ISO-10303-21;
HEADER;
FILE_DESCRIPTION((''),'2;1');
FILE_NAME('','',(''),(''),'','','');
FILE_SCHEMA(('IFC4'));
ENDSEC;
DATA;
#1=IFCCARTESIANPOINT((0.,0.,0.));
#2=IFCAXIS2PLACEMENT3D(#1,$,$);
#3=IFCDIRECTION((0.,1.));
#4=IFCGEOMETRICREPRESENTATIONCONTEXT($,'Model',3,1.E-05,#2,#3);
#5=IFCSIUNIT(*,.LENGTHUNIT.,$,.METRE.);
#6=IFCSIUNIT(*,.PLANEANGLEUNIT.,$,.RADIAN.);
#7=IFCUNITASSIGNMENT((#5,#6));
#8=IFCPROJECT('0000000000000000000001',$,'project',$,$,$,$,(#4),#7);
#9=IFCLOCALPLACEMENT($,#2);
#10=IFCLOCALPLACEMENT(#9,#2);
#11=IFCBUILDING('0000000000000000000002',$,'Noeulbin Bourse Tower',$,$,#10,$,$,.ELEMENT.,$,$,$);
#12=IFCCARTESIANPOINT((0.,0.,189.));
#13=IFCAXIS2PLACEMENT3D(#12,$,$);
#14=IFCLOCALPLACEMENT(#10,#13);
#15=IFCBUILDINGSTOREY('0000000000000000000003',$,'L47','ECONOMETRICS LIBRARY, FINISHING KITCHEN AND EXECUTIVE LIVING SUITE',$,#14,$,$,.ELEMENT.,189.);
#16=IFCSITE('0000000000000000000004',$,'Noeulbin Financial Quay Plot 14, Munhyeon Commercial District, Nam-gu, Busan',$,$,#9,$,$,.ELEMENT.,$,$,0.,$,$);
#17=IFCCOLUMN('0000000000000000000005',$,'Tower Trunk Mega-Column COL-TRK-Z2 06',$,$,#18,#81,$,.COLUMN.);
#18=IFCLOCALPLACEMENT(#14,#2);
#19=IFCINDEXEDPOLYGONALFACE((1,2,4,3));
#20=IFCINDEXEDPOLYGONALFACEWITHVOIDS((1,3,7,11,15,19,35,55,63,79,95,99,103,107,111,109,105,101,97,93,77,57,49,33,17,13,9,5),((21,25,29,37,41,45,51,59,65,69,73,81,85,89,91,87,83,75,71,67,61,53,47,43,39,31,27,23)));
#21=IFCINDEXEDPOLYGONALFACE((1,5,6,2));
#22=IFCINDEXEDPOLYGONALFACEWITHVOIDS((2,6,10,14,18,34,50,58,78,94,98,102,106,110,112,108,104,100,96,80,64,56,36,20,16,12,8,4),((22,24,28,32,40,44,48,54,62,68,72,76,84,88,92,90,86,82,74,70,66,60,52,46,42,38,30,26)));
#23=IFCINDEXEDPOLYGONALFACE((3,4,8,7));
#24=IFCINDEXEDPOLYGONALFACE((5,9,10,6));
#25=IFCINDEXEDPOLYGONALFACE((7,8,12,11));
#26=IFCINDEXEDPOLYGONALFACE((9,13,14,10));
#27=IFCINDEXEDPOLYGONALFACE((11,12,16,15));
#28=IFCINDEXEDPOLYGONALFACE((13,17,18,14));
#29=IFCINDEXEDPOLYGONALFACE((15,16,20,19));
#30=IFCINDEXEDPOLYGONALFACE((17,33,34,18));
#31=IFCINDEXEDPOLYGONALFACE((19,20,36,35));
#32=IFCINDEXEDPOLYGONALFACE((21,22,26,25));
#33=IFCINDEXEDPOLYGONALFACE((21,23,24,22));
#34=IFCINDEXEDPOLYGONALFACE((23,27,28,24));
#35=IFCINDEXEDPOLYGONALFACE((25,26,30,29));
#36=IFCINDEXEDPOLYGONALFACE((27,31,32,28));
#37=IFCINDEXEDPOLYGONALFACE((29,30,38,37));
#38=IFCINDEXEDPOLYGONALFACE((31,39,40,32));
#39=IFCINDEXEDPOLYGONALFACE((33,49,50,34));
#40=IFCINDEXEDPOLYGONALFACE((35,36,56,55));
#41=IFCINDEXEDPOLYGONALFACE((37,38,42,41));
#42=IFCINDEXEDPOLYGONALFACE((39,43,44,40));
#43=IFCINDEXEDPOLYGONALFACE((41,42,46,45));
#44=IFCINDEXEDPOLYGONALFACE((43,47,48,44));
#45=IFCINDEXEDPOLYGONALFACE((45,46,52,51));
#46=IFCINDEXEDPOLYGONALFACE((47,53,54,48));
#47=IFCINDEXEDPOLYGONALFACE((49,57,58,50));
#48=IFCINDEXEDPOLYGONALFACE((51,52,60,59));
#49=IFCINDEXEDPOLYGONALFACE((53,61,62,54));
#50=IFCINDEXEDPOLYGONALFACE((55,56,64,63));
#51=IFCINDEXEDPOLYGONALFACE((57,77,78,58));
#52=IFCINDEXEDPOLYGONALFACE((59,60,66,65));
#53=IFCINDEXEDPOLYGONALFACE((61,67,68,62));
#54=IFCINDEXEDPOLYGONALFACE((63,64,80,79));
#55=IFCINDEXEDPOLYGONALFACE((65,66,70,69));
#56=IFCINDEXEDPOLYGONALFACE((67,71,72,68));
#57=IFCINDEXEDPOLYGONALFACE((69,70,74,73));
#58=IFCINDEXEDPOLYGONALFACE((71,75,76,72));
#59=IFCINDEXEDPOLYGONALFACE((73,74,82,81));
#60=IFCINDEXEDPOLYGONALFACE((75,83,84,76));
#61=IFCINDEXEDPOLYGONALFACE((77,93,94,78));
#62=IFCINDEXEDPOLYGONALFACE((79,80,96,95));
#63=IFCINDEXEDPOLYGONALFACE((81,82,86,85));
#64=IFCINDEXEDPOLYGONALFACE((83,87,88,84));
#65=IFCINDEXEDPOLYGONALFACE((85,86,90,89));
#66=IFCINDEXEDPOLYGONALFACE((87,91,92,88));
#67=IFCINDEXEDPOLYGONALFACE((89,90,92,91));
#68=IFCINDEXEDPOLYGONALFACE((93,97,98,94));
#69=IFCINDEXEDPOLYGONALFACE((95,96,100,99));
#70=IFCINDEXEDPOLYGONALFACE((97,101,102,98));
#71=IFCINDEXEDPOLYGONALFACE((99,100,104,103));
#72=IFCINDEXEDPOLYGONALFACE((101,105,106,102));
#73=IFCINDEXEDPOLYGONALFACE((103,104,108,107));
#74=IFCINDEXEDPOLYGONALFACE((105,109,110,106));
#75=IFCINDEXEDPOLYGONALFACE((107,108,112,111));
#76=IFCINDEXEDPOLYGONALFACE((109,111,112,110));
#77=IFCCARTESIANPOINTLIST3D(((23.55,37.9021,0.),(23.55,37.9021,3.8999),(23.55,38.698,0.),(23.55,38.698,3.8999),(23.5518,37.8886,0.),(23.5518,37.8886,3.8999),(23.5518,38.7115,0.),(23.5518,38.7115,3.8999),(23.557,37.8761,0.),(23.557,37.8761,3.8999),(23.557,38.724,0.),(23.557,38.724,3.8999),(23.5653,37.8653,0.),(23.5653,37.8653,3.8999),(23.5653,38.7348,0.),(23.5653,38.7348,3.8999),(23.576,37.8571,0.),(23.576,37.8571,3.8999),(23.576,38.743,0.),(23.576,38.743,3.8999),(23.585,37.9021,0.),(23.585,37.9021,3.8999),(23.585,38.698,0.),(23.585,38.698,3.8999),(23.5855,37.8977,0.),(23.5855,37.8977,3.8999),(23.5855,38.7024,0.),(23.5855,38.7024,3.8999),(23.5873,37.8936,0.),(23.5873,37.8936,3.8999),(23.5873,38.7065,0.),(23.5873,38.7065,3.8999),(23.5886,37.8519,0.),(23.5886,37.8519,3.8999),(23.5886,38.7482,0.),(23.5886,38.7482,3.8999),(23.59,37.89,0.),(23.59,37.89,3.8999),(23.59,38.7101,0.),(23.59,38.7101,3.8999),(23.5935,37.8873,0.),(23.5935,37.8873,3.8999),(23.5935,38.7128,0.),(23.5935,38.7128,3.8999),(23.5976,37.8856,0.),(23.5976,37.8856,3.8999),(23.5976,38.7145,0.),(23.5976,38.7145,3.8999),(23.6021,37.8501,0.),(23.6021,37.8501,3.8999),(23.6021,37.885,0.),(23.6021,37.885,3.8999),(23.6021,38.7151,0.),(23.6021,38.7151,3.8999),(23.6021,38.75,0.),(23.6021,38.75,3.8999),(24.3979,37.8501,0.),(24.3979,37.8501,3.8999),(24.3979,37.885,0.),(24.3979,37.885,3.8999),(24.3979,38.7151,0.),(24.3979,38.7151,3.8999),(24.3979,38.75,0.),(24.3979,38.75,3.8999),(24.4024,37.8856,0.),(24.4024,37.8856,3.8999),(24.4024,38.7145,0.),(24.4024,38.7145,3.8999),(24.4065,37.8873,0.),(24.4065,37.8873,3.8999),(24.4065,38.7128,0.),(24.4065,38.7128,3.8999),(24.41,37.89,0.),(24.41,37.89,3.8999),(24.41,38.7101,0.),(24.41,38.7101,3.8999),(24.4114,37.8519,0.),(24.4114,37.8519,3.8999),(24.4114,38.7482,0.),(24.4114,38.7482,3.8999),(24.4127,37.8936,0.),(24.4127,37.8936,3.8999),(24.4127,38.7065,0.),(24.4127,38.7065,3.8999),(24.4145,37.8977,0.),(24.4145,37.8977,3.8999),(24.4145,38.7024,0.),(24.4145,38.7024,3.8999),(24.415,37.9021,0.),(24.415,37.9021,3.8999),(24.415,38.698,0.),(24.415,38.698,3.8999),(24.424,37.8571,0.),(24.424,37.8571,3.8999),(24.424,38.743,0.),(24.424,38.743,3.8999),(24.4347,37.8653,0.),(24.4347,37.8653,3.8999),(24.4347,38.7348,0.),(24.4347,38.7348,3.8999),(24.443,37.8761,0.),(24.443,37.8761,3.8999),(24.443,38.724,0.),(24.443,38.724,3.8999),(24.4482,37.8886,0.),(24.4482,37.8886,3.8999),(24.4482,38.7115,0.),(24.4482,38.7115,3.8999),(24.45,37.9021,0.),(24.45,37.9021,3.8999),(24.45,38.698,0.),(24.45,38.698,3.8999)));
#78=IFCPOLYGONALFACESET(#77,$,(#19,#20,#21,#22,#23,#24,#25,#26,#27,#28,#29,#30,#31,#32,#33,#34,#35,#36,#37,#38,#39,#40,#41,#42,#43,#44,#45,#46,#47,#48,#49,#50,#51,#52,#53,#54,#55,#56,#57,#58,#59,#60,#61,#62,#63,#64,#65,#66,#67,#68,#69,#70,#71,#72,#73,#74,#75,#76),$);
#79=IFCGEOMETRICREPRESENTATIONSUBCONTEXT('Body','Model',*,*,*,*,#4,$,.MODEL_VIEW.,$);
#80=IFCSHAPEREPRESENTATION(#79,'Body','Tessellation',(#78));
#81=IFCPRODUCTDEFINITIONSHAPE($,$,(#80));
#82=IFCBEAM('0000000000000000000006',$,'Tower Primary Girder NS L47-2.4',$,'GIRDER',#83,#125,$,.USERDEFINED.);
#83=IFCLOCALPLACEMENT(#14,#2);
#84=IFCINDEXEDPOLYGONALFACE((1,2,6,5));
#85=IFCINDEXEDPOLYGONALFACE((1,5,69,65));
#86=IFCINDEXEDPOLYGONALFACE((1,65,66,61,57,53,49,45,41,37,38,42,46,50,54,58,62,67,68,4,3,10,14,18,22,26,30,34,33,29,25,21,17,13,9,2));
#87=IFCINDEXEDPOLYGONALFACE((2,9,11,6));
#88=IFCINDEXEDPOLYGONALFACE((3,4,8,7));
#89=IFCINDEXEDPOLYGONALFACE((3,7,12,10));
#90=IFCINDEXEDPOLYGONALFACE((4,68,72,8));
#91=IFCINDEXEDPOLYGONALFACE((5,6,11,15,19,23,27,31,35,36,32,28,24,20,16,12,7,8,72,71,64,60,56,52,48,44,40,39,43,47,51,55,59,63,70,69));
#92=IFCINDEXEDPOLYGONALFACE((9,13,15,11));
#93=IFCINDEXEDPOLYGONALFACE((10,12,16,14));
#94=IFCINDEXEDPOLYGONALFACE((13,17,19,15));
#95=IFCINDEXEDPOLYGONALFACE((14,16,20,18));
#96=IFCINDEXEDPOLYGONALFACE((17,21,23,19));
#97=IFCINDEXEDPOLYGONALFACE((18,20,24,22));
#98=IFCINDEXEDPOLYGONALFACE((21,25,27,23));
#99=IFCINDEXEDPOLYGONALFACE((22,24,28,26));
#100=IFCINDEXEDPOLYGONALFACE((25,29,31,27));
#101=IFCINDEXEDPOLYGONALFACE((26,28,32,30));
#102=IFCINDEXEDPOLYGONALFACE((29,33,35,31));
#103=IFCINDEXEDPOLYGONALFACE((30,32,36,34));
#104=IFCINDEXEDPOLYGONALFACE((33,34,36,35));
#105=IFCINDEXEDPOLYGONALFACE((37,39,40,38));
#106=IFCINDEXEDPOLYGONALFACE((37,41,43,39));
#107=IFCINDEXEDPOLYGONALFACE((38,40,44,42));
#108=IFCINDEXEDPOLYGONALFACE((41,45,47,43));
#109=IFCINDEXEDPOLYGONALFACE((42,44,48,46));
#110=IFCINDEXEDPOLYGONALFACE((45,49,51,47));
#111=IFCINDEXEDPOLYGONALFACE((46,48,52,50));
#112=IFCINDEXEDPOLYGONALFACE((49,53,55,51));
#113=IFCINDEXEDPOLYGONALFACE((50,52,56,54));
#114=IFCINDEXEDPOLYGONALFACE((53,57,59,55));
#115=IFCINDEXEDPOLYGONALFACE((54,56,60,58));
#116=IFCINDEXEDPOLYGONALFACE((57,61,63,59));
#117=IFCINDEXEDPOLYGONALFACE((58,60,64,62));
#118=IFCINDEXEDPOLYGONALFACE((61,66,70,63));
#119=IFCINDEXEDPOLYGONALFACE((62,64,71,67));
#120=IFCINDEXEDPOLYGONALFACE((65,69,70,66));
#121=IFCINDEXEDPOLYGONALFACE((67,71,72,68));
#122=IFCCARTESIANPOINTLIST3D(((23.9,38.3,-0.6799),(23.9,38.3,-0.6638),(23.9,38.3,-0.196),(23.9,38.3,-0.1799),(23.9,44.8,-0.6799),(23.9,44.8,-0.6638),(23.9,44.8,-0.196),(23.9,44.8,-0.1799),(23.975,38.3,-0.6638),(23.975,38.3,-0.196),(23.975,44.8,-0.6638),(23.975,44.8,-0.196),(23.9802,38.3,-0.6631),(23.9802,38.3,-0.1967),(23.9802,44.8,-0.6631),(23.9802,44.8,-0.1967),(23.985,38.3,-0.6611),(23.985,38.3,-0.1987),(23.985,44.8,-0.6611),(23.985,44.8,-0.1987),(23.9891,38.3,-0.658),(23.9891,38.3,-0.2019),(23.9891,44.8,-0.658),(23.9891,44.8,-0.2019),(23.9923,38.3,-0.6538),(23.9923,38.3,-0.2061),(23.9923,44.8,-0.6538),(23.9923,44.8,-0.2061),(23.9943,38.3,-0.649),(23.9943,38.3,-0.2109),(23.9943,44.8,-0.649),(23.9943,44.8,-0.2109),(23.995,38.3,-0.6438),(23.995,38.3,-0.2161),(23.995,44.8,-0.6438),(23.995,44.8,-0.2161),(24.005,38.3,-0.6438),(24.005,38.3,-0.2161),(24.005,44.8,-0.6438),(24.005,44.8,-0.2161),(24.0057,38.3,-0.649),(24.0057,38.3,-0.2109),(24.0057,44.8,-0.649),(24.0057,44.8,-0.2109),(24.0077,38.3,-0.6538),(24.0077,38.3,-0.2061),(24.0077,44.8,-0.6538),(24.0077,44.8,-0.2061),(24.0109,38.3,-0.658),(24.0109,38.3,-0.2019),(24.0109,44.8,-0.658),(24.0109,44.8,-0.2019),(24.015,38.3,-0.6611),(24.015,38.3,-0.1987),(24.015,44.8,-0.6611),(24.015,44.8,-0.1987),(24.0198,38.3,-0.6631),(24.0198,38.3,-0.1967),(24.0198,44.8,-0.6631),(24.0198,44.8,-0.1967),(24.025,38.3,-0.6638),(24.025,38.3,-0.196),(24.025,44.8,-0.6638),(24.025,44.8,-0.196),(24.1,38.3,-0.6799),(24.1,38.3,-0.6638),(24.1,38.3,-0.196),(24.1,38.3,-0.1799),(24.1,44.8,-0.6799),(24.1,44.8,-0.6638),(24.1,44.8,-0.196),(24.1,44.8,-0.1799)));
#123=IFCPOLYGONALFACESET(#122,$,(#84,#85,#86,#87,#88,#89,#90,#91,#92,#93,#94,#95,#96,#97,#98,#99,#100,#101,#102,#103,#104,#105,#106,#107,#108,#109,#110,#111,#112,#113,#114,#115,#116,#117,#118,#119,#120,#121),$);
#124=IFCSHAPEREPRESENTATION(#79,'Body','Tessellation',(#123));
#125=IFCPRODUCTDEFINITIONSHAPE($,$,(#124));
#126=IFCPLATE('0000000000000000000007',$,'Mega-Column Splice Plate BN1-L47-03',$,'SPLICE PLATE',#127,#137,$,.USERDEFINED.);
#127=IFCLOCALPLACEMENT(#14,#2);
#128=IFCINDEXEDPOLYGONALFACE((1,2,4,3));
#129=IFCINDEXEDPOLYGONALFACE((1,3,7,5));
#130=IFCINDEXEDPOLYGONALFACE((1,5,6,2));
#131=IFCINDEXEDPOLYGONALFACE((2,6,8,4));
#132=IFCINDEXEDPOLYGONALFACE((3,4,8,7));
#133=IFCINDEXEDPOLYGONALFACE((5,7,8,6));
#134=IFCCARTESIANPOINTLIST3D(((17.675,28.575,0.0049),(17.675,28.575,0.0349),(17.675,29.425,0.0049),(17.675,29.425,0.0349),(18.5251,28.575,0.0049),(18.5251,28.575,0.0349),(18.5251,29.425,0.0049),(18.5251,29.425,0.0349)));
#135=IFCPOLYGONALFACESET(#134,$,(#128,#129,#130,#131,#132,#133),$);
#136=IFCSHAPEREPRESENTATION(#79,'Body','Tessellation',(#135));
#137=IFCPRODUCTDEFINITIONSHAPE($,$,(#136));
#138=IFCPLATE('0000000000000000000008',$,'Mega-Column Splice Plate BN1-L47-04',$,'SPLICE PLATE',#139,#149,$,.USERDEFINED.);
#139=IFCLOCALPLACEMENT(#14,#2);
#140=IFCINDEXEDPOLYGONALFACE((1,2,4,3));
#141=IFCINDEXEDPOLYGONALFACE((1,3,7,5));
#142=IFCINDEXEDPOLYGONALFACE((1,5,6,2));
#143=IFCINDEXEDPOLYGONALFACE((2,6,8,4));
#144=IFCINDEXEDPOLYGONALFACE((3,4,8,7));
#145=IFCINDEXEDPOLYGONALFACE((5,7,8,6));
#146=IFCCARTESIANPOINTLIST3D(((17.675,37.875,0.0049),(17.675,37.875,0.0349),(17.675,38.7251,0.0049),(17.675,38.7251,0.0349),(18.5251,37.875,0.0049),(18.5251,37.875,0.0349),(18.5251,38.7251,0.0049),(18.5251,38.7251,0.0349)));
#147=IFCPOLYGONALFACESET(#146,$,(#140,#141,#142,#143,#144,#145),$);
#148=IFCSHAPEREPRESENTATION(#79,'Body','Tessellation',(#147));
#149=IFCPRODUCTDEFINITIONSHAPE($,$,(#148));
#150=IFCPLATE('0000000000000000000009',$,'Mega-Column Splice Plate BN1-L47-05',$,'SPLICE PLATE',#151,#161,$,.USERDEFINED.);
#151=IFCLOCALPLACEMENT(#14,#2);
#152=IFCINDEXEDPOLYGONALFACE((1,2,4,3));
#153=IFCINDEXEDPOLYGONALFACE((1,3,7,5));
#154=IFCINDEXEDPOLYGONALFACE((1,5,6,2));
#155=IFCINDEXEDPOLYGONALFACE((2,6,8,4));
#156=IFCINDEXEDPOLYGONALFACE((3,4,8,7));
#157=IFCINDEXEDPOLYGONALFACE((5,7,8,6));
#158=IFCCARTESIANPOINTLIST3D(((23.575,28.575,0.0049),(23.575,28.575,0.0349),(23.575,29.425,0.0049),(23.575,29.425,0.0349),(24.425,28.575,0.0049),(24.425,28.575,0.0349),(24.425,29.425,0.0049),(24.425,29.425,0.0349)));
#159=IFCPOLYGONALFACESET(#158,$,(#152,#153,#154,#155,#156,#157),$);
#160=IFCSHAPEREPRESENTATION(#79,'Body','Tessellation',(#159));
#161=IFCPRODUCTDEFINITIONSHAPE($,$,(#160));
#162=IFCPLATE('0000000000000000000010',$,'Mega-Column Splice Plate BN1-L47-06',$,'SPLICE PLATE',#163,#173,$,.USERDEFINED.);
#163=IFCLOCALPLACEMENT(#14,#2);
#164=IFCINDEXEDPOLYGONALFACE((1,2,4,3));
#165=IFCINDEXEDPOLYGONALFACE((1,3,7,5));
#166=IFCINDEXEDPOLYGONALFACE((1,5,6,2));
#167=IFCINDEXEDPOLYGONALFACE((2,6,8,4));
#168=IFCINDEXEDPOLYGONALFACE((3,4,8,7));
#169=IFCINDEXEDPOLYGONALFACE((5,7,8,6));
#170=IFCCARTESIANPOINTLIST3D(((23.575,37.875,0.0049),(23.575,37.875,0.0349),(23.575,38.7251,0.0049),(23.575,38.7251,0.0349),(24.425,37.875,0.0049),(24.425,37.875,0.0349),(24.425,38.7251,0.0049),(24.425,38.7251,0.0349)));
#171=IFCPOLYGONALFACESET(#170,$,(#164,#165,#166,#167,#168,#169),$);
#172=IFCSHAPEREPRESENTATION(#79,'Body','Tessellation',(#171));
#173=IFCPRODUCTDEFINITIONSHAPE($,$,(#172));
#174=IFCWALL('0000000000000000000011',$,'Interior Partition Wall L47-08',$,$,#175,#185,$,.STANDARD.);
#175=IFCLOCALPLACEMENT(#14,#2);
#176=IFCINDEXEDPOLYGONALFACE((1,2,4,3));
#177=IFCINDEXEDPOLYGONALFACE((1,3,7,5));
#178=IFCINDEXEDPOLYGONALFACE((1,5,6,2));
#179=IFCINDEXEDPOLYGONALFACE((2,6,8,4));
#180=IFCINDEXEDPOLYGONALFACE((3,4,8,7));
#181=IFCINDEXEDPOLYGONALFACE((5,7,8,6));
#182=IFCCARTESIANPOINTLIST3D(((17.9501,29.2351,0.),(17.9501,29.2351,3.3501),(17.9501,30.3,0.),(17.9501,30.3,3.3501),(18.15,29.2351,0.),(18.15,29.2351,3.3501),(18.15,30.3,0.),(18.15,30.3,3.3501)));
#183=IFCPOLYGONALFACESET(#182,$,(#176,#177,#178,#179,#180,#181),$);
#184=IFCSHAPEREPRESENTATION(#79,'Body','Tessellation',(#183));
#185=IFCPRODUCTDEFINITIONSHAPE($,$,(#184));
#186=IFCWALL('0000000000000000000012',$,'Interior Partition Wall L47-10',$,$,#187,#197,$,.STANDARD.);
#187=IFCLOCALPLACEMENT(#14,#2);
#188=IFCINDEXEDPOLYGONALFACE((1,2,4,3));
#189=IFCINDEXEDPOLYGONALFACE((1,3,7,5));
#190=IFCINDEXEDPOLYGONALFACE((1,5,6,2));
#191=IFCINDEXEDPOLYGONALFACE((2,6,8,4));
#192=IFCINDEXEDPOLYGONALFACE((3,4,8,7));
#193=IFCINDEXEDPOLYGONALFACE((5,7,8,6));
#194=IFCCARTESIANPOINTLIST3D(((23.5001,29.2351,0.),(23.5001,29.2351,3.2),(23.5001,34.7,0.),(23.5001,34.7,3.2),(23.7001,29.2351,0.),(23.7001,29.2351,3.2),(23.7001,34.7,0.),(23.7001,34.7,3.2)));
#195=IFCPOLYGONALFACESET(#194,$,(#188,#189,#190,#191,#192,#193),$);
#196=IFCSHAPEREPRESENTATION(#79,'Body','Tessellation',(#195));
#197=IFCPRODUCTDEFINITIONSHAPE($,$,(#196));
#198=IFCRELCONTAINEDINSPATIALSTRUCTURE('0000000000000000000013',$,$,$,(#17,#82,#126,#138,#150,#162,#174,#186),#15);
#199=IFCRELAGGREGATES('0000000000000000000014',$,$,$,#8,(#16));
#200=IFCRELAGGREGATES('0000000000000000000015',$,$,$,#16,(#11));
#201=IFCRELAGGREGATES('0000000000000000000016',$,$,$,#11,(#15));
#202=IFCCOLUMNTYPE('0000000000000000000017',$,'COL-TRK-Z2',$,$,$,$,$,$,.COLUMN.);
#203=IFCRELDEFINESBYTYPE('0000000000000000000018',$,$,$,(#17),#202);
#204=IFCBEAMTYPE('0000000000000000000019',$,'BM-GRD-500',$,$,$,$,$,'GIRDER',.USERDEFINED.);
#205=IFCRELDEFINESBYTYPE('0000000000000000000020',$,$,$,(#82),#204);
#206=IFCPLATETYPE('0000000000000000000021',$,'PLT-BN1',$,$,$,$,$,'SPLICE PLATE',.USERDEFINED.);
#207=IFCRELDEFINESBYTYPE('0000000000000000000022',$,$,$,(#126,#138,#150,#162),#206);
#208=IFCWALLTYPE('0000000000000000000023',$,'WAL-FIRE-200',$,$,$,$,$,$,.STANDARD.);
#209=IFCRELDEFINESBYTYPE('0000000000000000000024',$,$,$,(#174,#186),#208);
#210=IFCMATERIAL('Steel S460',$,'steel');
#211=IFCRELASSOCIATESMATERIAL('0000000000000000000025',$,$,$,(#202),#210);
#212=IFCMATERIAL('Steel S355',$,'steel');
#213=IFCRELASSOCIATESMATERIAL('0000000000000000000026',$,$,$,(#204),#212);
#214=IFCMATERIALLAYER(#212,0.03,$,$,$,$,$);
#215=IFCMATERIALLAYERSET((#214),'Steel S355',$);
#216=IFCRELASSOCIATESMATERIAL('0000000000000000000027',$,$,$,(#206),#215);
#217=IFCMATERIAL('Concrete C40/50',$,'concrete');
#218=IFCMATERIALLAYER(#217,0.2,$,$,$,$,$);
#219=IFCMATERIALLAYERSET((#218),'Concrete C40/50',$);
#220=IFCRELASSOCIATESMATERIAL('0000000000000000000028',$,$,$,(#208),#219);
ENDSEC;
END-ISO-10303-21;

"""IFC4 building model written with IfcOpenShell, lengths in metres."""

from ifc_helpers import new_model, si_unit, direction, frame, frame_2d, origin, origin_2d, place, context, subcontext, project, spatial, rectangle, hollow_rectangle, i_section, extrude, material, layer, layer_set, material_profile, profile_set, type_object, element, save


model = new_model("IFC4")

# Units and contexts
model_context = context("Model", 3, precision=1e-05, world=origin(), true_north=direction((0.0, 1.0)))
body_context = subcontext(model_context, "Body", "Model", "MODEL_VIEW")
ifc_project = project(units=[si_unit("LENGTHUNIT", "METRE"), si_unit("PLANEANGLEUNIT", "RADIAN")], contexts=[model_context])

# Site, building, storey
site_placement = place(None, origin())
site = spatial("IfcSite", under=ifc_project, at=site_placement, Name="Noeulbin Financial Quay Plot 14, Munhyeon Commercial District, Nam-gu, Busan", CompositionType="ELEMENT", RefElevation=0.0)
building_placement = place(site_placement, origin())
building = spatial("IfcBuilding", under=site, at=building_placement, Name="Noeulbin Bourse Tower", CompositionType="ELEMENT")
storey_placement = place(building_placement, frame((0.0, 0.0, 189.0)))
storey = spatial("IfcBuildingStorey", under=building, at=storey_placement, Name="L47", Description="ECONOMETRICS LIBRARY, FINISHING KITCHEN AND EXECUTIVE LIVING SUITE", CompositionType="ELEMENT", Elevation=189.0)

# Column
ifc_material_1 = material(Name="Steel S460", Category="steel")
ifc_material_profile_1 = material_profile(ifc_material_1, hollow_rectangle(XDim=0.8999, YDim=0.8999, WallThickness=0.0349, InnerFilletRadius=0.0171, OuterFilletRadius=0.052, at=origin_2d()), Name="BOX-900x900x35", Category="LoadBearing")
ifc_profile_set_1 = profile_set([ifc_material_profile_1], Name="Steel S460")
column_type = type_object("IfcColumnType", Name="COL-TRK-Z2", PredefinedType="COLUMN", material=ifc_profile_set_1)
for number, where, z_axis, x_axis, name in (
    (1, (24.0, 38.3, 0.0), (0.0, 0.0, 1.0), (1.0, 0.0, 0.0), "Tower Trunk Mega-Column COL-TRK-Z2 06"),
):
    element("IfcColumn", number, at=place(storey_placement, frame(where, z_axis=z_axis, x_axis=x_axis)), inside=storey, type_object=column_type, Name=name, PredefinedType="COLUMN", context=body_context, shape_type="SweptSolid", body=[
        extrude(hollow_rectangle(XDim=0.8999, YDim=0.8999, WallThickness=0.0349, InnerFilletRadius=0.0171, OuterFilletRadius=0.052, at=origin_2d()), origin(), (0.0, 0.0, 1.0), 3.8999),
    ])

# Beam
ifc_material_2 = material(Name="Steel S355", Category="steel")
ifc_material_profile_2 = material_profile(ifc_material_2, i_section(OverallWidth=0.2, OverallDepth=0.5, WebThickness=0.01, FlangeThickness=0.0161, FilletRadius=0.02, at=origin_2d()), Name="H-500x200x10x16", Category="LoadBearing")
ifc_profile_set_2 = profile_set([ifc_material_profile_2], Name="Steel S355")
beam_type = type_object("IfcBeamType", Name="BM-GRD-500", ElementType="GIRDER", PredefinedType="USERDEFINED", material=ifc_profile_set_2)
beam_placement = place(storey_placement, frame((24.0, 38.3, -0.4299), z_axis=(0.0, 1.0, 0.0), x_axis=(-1.0, 0.0, 0.0)))
element("IfcBeam", 2, at=beam_placement, inside=storey, type_object=beam_type, Name="Tower Primary Girder NS L47-2.4", ObjectType="GIRDER", PredefinedType="USERDEFINED", context=body_context, shape_type="SweptSolid", body=[
    extrude(i_section(OverallWidth=0.2, OverallDepth=0.5, WebThickness=0.01, FlangeThickness=0.0161, FilletRadius=0.02, at=origin_2d()), origin(), (0.0, 0.0, 1.0), 6.5),
])

# Plates
ifc_layer_1 = layer(ifc_material_2, 0.03)
ifc_layer_set_1 = layer_set([ifc_layer_1], Name="Steel S355")
plate_type = type_object("IfcPlateType", Name="PLT-BN1", ElementType="SPLICE PLATE", PredefinedType="USERDEFINED", material=ifc_layer_set_1)
for number, where, z_axis, x_axis, name in (
    (3, (18.1001, 29.0, 0.0049), (0.0, 0.0, 1.0), (1.0, 0.0, 0.0), "Mega-Column Splice Plate BN1-L47-03"),
    (4, (18.1001, 38.3, 0.0049), (0.0, 0.0, 1.0), (1.0, 0.0, 0.0), "Mega-Column Splice Plate BN1-L47-04"),
    (5, (24.0, 29.0, 0.0049), (0.0, 0.0, 1.0), (1.0, 0.0, 0.0), "Mega-Column Splice Plate BN1-L47-05"),
    (6, (24.0, 38.3, 0.0049), (0.0, 0.0, 1.0), (1.0, 0.0, 0.0), "Mega-Column Splice Plate BN1-L47-06"),
):
    element("IfcPlate", number, at=place(storey_placement, frame(where, z_axis=z_axis, x_axis=x_axis)), inside=storey, type_object=plate_type, Name=name, ObjectType="SPLICE PLATE", PredefinedType="USERDEFINED", context=body_context, shape_type="SweptSolid", body=[
        extrude(rectangle(XDim=0.8501, YDim=0.8501, at=origin_2d()), origin(), (0.0, 0.0, 1.0), 0.03),
    ])

# Walls
ifc_material_3 = material(Name="Concrete C40/50", Category="concrete")
ifc_layer_2 = layer(ifc_material_3, 0.2)
ifc_layer_set_2 = layer_set([ifc_layer_2], Name="Concrete C40/50")
wall_type_1 = type_object("IfcWallType", Name="WAL-FIRE-200", PredefinedType="STANDARD", material=ifc_layer_set_2)
wall_1_placement = place(storey_placement, frame((18.05, 29.2351, 0.0), z_axis=(0.0, 0.0, 1.0), x_axis=(0.0, 1.0, 0.0)))
element("IfcWall", 7, at=wall_1_placement, inside=storey, type_object=wall_type_1, Name="Interior Partition Wall L47-08", PredefinedType="STANDARD", context=body_context, shape_type="SweptSolid", body=[
    extrude(rectangle(XDim=1.0649, YDim=0.2, at=frame_2d((0.5325, 0.0))), origin(), (0.0, 0.0, 1.0), 3.3501),
])
wall_2_placement = place(storey_placement, frame((23.6001, 29.2351, 0.0), z_axis=(0.0, 0.0, 1.0), x_axis=(0.0, 1.0, 0.0)))
element("IfcWall", 8, at=wall_2_placement, inside=storey, type_object=wall_type_1, Name="Interior Partition Wall L47-10", PredefinedType="STANDARD", context=body_context, shape_type="SweptSolid", body=[
    extrude(rectangle(XDim=5.4648, YDim=0.2, at=frame_2d((2.7324, 0.0))), origin(), (0.0, 0.0, 1.0), 3.2),
])

save(model, "model.ifc")
